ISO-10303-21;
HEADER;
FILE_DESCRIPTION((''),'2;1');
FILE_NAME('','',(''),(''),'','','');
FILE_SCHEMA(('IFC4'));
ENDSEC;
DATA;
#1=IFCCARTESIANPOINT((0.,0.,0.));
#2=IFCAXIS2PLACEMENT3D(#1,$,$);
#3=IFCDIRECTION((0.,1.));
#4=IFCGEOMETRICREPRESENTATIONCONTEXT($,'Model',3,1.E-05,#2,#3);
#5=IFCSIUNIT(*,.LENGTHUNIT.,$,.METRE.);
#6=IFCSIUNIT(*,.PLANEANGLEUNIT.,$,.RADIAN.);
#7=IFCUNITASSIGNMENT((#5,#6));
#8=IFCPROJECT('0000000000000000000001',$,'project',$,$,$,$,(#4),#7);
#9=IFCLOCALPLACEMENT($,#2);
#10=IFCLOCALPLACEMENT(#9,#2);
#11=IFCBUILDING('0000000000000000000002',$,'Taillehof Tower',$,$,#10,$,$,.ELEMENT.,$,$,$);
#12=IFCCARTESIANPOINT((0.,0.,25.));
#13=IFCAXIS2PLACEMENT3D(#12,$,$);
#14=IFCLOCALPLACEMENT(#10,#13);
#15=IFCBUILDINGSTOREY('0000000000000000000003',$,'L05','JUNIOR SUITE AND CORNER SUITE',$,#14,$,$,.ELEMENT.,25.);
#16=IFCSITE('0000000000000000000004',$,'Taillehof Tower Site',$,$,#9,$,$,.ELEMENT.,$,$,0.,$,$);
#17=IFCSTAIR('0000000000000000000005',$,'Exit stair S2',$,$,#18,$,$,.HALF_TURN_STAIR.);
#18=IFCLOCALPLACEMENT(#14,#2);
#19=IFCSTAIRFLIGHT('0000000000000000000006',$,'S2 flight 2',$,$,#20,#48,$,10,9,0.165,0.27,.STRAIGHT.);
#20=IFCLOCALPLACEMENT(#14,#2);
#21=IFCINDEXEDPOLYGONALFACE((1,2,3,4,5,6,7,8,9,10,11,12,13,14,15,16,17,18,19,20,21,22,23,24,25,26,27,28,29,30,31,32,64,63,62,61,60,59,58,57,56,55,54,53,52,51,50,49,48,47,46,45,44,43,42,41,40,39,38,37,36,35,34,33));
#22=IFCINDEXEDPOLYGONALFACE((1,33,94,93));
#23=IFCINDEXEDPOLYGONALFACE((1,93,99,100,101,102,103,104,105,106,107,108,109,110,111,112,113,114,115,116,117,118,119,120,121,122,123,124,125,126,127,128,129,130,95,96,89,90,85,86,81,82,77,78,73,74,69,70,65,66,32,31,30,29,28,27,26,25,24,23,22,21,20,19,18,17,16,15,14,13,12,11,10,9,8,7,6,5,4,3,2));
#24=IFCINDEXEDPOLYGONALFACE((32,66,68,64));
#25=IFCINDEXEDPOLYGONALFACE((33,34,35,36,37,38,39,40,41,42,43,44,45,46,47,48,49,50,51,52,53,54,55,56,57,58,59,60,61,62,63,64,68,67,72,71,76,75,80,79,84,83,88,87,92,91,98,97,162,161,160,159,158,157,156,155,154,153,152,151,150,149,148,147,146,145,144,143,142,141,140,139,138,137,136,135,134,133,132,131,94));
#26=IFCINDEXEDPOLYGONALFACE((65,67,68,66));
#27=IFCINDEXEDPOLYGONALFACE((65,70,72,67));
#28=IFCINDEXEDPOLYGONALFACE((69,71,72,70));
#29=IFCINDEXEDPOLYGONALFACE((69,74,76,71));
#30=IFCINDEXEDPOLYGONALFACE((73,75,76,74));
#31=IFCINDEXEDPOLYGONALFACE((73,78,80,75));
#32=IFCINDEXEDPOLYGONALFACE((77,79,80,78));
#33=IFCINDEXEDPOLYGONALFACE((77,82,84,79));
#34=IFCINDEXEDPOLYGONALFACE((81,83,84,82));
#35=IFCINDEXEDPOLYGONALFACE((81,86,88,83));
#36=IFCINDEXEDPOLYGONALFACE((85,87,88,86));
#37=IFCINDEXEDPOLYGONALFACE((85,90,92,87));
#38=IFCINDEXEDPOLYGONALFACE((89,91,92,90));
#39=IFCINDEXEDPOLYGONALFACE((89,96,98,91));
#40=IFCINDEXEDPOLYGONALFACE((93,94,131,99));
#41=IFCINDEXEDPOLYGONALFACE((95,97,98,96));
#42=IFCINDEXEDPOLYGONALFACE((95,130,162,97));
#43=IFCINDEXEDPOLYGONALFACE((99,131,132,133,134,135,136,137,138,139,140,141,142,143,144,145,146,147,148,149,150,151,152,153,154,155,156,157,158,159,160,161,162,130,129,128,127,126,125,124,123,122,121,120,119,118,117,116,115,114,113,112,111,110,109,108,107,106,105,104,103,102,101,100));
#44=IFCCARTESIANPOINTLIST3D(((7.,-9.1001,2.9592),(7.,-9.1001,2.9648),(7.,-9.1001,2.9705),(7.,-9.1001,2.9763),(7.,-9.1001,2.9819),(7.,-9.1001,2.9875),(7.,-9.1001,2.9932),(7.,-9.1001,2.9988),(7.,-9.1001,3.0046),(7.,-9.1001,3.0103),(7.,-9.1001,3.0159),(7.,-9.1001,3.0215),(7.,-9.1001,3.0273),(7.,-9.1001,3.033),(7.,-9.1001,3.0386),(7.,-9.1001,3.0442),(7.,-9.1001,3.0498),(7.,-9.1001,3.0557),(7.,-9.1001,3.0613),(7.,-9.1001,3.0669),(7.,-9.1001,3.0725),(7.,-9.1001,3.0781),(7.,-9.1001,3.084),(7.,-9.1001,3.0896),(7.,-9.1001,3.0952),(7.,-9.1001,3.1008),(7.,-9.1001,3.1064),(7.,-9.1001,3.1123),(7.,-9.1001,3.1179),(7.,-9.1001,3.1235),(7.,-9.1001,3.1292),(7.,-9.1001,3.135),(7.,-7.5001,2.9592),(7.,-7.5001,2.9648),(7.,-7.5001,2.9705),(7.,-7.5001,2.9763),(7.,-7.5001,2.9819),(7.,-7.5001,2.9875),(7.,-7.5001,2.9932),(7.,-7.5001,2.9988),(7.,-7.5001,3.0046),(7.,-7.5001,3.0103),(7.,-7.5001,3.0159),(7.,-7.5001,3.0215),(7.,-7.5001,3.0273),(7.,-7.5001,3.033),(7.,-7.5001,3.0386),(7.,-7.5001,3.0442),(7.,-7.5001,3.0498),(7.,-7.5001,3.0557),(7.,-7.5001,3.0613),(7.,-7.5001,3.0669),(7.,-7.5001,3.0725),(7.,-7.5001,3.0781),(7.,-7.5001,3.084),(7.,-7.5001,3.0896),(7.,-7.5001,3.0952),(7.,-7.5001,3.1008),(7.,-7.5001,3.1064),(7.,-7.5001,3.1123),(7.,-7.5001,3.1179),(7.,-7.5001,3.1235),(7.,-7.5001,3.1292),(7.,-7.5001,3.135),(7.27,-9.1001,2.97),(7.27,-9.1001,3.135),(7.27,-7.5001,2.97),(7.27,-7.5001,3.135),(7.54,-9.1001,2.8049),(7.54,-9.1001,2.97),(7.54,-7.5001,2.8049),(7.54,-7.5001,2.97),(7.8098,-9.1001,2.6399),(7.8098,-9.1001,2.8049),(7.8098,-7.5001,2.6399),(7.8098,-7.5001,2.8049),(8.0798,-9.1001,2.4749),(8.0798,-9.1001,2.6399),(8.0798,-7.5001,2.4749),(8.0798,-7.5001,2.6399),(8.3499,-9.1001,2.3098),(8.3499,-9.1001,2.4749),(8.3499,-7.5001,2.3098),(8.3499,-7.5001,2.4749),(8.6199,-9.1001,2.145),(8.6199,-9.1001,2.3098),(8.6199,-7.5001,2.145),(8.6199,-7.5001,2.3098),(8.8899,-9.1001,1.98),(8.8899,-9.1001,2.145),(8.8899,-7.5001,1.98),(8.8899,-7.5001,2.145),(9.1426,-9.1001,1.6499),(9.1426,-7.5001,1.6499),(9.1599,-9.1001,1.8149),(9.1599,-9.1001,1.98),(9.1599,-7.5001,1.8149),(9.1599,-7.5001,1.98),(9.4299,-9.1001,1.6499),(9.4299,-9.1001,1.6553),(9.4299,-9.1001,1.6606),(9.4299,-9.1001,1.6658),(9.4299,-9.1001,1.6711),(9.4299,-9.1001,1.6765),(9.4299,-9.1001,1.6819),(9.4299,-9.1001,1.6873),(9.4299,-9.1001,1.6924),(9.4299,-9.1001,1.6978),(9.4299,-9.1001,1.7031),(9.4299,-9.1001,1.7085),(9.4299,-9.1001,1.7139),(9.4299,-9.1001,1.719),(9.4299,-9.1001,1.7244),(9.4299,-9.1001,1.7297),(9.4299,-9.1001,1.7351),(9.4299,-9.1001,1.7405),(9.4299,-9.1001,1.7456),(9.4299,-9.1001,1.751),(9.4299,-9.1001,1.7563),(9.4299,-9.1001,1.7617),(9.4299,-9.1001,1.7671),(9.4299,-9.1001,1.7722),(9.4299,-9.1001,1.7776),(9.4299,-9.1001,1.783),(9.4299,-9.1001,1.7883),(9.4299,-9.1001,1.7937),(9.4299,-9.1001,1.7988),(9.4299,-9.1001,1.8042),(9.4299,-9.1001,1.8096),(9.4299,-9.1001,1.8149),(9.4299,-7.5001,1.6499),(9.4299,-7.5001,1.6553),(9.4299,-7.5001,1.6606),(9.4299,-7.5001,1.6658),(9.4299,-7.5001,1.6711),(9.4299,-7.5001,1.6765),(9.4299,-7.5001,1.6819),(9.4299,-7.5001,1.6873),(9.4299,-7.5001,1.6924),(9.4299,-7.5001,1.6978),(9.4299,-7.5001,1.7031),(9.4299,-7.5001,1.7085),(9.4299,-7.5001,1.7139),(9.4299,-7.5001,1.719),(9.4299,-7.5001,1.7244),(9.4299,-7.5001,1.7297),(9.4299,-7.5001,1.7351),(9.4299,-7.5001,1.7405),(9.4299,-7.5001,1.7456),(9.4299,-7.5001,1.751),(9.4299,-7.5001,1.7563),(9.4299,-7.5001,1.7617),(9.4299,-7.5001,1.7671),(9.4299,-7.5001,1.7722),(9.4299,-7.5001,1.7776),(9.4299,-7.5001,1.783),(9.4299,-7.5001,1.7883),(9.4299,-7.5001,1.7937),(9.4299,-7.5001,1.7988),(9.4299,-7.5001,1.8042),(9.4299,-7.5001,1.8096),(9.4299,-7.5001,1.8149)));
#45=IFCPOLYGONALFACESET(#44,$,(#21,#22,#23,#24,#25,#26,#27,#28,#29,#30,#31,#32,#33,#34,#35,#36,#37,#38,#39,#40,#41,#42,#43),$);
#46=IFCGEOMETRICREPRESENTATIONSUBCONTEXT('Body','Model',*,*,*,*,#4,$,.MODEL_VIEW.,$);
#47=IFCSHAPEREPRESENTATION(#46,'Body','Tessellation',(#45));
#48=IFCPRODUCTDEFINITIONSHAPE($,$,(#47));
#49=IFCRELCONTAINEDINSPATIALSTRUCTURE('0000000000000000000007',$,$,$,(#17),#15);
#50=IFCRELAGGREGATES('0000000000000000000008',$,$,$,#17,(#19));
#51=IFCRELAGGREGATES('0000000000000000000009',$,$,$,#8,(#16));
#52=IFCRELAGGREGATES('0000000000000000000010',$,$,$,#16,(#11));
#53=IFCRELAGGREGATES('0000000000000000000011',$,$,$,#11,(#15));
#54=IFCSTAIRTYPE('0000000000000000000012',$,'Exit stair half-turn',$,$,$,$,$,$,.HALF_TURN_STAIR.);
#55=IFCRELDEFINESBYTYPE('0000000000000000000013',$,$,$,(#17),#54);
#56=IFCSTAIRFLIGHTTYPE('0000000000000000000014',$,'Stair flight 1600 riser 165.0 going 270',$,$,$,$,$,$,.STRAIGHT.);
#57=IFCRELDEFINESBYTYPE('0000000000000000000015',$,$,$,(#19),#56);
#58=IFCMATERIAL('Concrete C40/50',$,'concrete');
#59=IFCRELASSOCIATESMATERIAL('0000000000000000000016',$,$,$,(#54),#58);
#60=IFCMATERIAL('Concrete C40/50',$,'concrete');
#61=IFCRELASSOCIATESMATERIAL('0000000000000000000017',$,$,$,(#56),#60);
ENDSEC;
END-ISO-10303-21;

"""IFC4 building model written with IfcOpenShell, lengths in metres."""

from ifc_helpers import new_model, si_unit, direction, frame, origin, place, context, subcontext, project, spatial, polyline, outline, extrude, material, type_object, element, aggregate, save


model = new_model("IFC4")

# Units and contexts
model_context = context("Model", 3, precision=1e-05, world=origin(), true_north=direction((0.0, 1.0)))
body_context = subcontext(model_context, "Body", "Model", "MODEL_VIEW")
ifc_project = project(units=[si_unit("LENGTHUNIT", "METRE"), si_unit("PLANEANGLEUNIT", "RADIAN")], contexts=[model_context])

# Site, building, storey
site_placement = place(None, origin())
site = spatial("IfcSite", under=ifc_project, at=site_placement, Name="Taillehof Tower Site", CompositionType="ELEMENT", RefElevation=0.0)
building_placement = place(site_placement, origin())
building = spatial("IfcBuilding", under=site, at=building_placement, Name="Taillehof Tower", CompositionType="ELEMENT")
storey_placement = place(building_placement, frame((0.0, 0.0, 25.0)))
storey = spatial("IfcBuildingStorey", under=building, at=storey_placement, Name="L05", Description="JUNIOR SUITE AND CORNER SUITE", CompositionType="ELEMENT", Elevation=25.0)

# Stair
ifc_material_1 = material(Name="Concrete C40/50", Category="concrete")
stair_type = type_object("IfcStairType", Name="Exit stair half-turn", PredefinedType="HALF_TURN_STAIR", material=ifc_material_1)
stair_1_placement = place(storey_placement, origin())
stair_1 = element("IfcStair", 1, at=stair_1_placement, inside=storey, type_object=stair_type, Name="Exit stair S2", PredefinedType="HALF_TURN_STAIR")

# Stair flight
ifc_material_2 = material(Name="Concrete C40/50", Category="concrete")
stair_flight_type = type_object("IfcStairFlightType", Name="Stair flight 1600 riser 165.0 going 270", PredefinedType="STRAIGHT", material=ifc_material_2)
stair_flight_1_placement = place(storey_placement, frame((9.4299, -8.3, 1.6499), z_axis=(0.0, 0.0, 1.0), x_axis=(-1.0, 0.0, 0.0)))
stair_flight_1 = element("IfcStairFlight", 2, at=stair_flight_1_placement, type_object=stair_flight_type, Name="S2 flight 2", NumberOfRisers=10, NumberOfTreads=9, PredefinedType="STRAIGHT", RiserHeight=0.165, TreadLength=0.27, context=body_context, shape_type="SweptSolid", body=[
    extrude(outline(polyline([(0.0, 0.0), (0.0, 0.0054), (0.0, 0.0107), (0.0, 0.0159), (0.0, 0.0212), (0.0, 0.0266), (0.0, 0.032), (0.0, 0.0374), (0.0, 0.0425), (0.0, 0.0479), (0.0, 0.0532), (0.0, 0.0586), (0.0, 0.064), (0.0, 0.0691), (0.0, 0.0745), (0.0, 0.0798), (0.0, 0.0852), (0.0, 0.0906), (0.0, 0.0957), (0.0, 0.1011), (0.0, 0.1064), (0.0, 0.1118), (0.0, 0.1172), (0.0, 0.1223), (0.0, 0.1277), (0.0, 0.1331), (0.0, 0.1384), (0.0, 0.1438), (0.0, 0.1489), (0.0, 0.1543), (0.0, 0.1597), (0.0, 0.165), (0.27, 0.165), (0.27, 0.3301), (0.54, 0.3301), (0.54, 0.4951), (0.8101, 0.4951), (0.8101, 0.6599), (1.0801, 0.6599), (1.0801, 0.825), (1.3501, 0.825), (1.3501, 0.99), (1.6201, 0.99), (1.6201, 1.155), (1.8899, 1.155), (1.8899, 1.3201), (2.1599, 1.3201), (2.1599, 1.4851), (2.4299, 1.4851), (2.4299, 1.4792), (2.4299, 1.4736), (2.4299, 1.468), (2.4299, 1.4624), (2.4299, 1.4565), (2.4299, 1.4509), (2.4299, 1.4453), (2.4299, 1.4397), (2.4299, 1.4341), (2.4299, 1.4282), (2.4299, 1.4226), (2.4299, 1.417), (2.4299, 1.4114), (2.4299, 1.4058), (2.4299, 1.3999), (2.4299, 1.3943), (2.4299, 1.3887), (2.4299, 1.3831), (2.4299, 1.3774), (2.4299, 1.3716), (2.4299, 1.366), (2.4299, 1.3604), (2.4299, 1.3547), (2.4299, 1.3489), (2.4299, 1.3433), (2.4299, 1.3376), (2.4299, 1.332), (2.4299, 1.3264), (2.4299, 1.3206), (2.4299, 1.3149), (2.4299, 1.3093), (0.2874, 0.0), (0.0, 0.0)])), frame((0.0, 0.8, 0.0), z_axis=(0.0, -1.0, 0.0), x_axis=(1.0, 0.0, 0.0)), (0.0, 0.0, 1.0), 1.6),
])
aggregate(stair_1, [stair_flight_1])

save(model, "model.ifc")
